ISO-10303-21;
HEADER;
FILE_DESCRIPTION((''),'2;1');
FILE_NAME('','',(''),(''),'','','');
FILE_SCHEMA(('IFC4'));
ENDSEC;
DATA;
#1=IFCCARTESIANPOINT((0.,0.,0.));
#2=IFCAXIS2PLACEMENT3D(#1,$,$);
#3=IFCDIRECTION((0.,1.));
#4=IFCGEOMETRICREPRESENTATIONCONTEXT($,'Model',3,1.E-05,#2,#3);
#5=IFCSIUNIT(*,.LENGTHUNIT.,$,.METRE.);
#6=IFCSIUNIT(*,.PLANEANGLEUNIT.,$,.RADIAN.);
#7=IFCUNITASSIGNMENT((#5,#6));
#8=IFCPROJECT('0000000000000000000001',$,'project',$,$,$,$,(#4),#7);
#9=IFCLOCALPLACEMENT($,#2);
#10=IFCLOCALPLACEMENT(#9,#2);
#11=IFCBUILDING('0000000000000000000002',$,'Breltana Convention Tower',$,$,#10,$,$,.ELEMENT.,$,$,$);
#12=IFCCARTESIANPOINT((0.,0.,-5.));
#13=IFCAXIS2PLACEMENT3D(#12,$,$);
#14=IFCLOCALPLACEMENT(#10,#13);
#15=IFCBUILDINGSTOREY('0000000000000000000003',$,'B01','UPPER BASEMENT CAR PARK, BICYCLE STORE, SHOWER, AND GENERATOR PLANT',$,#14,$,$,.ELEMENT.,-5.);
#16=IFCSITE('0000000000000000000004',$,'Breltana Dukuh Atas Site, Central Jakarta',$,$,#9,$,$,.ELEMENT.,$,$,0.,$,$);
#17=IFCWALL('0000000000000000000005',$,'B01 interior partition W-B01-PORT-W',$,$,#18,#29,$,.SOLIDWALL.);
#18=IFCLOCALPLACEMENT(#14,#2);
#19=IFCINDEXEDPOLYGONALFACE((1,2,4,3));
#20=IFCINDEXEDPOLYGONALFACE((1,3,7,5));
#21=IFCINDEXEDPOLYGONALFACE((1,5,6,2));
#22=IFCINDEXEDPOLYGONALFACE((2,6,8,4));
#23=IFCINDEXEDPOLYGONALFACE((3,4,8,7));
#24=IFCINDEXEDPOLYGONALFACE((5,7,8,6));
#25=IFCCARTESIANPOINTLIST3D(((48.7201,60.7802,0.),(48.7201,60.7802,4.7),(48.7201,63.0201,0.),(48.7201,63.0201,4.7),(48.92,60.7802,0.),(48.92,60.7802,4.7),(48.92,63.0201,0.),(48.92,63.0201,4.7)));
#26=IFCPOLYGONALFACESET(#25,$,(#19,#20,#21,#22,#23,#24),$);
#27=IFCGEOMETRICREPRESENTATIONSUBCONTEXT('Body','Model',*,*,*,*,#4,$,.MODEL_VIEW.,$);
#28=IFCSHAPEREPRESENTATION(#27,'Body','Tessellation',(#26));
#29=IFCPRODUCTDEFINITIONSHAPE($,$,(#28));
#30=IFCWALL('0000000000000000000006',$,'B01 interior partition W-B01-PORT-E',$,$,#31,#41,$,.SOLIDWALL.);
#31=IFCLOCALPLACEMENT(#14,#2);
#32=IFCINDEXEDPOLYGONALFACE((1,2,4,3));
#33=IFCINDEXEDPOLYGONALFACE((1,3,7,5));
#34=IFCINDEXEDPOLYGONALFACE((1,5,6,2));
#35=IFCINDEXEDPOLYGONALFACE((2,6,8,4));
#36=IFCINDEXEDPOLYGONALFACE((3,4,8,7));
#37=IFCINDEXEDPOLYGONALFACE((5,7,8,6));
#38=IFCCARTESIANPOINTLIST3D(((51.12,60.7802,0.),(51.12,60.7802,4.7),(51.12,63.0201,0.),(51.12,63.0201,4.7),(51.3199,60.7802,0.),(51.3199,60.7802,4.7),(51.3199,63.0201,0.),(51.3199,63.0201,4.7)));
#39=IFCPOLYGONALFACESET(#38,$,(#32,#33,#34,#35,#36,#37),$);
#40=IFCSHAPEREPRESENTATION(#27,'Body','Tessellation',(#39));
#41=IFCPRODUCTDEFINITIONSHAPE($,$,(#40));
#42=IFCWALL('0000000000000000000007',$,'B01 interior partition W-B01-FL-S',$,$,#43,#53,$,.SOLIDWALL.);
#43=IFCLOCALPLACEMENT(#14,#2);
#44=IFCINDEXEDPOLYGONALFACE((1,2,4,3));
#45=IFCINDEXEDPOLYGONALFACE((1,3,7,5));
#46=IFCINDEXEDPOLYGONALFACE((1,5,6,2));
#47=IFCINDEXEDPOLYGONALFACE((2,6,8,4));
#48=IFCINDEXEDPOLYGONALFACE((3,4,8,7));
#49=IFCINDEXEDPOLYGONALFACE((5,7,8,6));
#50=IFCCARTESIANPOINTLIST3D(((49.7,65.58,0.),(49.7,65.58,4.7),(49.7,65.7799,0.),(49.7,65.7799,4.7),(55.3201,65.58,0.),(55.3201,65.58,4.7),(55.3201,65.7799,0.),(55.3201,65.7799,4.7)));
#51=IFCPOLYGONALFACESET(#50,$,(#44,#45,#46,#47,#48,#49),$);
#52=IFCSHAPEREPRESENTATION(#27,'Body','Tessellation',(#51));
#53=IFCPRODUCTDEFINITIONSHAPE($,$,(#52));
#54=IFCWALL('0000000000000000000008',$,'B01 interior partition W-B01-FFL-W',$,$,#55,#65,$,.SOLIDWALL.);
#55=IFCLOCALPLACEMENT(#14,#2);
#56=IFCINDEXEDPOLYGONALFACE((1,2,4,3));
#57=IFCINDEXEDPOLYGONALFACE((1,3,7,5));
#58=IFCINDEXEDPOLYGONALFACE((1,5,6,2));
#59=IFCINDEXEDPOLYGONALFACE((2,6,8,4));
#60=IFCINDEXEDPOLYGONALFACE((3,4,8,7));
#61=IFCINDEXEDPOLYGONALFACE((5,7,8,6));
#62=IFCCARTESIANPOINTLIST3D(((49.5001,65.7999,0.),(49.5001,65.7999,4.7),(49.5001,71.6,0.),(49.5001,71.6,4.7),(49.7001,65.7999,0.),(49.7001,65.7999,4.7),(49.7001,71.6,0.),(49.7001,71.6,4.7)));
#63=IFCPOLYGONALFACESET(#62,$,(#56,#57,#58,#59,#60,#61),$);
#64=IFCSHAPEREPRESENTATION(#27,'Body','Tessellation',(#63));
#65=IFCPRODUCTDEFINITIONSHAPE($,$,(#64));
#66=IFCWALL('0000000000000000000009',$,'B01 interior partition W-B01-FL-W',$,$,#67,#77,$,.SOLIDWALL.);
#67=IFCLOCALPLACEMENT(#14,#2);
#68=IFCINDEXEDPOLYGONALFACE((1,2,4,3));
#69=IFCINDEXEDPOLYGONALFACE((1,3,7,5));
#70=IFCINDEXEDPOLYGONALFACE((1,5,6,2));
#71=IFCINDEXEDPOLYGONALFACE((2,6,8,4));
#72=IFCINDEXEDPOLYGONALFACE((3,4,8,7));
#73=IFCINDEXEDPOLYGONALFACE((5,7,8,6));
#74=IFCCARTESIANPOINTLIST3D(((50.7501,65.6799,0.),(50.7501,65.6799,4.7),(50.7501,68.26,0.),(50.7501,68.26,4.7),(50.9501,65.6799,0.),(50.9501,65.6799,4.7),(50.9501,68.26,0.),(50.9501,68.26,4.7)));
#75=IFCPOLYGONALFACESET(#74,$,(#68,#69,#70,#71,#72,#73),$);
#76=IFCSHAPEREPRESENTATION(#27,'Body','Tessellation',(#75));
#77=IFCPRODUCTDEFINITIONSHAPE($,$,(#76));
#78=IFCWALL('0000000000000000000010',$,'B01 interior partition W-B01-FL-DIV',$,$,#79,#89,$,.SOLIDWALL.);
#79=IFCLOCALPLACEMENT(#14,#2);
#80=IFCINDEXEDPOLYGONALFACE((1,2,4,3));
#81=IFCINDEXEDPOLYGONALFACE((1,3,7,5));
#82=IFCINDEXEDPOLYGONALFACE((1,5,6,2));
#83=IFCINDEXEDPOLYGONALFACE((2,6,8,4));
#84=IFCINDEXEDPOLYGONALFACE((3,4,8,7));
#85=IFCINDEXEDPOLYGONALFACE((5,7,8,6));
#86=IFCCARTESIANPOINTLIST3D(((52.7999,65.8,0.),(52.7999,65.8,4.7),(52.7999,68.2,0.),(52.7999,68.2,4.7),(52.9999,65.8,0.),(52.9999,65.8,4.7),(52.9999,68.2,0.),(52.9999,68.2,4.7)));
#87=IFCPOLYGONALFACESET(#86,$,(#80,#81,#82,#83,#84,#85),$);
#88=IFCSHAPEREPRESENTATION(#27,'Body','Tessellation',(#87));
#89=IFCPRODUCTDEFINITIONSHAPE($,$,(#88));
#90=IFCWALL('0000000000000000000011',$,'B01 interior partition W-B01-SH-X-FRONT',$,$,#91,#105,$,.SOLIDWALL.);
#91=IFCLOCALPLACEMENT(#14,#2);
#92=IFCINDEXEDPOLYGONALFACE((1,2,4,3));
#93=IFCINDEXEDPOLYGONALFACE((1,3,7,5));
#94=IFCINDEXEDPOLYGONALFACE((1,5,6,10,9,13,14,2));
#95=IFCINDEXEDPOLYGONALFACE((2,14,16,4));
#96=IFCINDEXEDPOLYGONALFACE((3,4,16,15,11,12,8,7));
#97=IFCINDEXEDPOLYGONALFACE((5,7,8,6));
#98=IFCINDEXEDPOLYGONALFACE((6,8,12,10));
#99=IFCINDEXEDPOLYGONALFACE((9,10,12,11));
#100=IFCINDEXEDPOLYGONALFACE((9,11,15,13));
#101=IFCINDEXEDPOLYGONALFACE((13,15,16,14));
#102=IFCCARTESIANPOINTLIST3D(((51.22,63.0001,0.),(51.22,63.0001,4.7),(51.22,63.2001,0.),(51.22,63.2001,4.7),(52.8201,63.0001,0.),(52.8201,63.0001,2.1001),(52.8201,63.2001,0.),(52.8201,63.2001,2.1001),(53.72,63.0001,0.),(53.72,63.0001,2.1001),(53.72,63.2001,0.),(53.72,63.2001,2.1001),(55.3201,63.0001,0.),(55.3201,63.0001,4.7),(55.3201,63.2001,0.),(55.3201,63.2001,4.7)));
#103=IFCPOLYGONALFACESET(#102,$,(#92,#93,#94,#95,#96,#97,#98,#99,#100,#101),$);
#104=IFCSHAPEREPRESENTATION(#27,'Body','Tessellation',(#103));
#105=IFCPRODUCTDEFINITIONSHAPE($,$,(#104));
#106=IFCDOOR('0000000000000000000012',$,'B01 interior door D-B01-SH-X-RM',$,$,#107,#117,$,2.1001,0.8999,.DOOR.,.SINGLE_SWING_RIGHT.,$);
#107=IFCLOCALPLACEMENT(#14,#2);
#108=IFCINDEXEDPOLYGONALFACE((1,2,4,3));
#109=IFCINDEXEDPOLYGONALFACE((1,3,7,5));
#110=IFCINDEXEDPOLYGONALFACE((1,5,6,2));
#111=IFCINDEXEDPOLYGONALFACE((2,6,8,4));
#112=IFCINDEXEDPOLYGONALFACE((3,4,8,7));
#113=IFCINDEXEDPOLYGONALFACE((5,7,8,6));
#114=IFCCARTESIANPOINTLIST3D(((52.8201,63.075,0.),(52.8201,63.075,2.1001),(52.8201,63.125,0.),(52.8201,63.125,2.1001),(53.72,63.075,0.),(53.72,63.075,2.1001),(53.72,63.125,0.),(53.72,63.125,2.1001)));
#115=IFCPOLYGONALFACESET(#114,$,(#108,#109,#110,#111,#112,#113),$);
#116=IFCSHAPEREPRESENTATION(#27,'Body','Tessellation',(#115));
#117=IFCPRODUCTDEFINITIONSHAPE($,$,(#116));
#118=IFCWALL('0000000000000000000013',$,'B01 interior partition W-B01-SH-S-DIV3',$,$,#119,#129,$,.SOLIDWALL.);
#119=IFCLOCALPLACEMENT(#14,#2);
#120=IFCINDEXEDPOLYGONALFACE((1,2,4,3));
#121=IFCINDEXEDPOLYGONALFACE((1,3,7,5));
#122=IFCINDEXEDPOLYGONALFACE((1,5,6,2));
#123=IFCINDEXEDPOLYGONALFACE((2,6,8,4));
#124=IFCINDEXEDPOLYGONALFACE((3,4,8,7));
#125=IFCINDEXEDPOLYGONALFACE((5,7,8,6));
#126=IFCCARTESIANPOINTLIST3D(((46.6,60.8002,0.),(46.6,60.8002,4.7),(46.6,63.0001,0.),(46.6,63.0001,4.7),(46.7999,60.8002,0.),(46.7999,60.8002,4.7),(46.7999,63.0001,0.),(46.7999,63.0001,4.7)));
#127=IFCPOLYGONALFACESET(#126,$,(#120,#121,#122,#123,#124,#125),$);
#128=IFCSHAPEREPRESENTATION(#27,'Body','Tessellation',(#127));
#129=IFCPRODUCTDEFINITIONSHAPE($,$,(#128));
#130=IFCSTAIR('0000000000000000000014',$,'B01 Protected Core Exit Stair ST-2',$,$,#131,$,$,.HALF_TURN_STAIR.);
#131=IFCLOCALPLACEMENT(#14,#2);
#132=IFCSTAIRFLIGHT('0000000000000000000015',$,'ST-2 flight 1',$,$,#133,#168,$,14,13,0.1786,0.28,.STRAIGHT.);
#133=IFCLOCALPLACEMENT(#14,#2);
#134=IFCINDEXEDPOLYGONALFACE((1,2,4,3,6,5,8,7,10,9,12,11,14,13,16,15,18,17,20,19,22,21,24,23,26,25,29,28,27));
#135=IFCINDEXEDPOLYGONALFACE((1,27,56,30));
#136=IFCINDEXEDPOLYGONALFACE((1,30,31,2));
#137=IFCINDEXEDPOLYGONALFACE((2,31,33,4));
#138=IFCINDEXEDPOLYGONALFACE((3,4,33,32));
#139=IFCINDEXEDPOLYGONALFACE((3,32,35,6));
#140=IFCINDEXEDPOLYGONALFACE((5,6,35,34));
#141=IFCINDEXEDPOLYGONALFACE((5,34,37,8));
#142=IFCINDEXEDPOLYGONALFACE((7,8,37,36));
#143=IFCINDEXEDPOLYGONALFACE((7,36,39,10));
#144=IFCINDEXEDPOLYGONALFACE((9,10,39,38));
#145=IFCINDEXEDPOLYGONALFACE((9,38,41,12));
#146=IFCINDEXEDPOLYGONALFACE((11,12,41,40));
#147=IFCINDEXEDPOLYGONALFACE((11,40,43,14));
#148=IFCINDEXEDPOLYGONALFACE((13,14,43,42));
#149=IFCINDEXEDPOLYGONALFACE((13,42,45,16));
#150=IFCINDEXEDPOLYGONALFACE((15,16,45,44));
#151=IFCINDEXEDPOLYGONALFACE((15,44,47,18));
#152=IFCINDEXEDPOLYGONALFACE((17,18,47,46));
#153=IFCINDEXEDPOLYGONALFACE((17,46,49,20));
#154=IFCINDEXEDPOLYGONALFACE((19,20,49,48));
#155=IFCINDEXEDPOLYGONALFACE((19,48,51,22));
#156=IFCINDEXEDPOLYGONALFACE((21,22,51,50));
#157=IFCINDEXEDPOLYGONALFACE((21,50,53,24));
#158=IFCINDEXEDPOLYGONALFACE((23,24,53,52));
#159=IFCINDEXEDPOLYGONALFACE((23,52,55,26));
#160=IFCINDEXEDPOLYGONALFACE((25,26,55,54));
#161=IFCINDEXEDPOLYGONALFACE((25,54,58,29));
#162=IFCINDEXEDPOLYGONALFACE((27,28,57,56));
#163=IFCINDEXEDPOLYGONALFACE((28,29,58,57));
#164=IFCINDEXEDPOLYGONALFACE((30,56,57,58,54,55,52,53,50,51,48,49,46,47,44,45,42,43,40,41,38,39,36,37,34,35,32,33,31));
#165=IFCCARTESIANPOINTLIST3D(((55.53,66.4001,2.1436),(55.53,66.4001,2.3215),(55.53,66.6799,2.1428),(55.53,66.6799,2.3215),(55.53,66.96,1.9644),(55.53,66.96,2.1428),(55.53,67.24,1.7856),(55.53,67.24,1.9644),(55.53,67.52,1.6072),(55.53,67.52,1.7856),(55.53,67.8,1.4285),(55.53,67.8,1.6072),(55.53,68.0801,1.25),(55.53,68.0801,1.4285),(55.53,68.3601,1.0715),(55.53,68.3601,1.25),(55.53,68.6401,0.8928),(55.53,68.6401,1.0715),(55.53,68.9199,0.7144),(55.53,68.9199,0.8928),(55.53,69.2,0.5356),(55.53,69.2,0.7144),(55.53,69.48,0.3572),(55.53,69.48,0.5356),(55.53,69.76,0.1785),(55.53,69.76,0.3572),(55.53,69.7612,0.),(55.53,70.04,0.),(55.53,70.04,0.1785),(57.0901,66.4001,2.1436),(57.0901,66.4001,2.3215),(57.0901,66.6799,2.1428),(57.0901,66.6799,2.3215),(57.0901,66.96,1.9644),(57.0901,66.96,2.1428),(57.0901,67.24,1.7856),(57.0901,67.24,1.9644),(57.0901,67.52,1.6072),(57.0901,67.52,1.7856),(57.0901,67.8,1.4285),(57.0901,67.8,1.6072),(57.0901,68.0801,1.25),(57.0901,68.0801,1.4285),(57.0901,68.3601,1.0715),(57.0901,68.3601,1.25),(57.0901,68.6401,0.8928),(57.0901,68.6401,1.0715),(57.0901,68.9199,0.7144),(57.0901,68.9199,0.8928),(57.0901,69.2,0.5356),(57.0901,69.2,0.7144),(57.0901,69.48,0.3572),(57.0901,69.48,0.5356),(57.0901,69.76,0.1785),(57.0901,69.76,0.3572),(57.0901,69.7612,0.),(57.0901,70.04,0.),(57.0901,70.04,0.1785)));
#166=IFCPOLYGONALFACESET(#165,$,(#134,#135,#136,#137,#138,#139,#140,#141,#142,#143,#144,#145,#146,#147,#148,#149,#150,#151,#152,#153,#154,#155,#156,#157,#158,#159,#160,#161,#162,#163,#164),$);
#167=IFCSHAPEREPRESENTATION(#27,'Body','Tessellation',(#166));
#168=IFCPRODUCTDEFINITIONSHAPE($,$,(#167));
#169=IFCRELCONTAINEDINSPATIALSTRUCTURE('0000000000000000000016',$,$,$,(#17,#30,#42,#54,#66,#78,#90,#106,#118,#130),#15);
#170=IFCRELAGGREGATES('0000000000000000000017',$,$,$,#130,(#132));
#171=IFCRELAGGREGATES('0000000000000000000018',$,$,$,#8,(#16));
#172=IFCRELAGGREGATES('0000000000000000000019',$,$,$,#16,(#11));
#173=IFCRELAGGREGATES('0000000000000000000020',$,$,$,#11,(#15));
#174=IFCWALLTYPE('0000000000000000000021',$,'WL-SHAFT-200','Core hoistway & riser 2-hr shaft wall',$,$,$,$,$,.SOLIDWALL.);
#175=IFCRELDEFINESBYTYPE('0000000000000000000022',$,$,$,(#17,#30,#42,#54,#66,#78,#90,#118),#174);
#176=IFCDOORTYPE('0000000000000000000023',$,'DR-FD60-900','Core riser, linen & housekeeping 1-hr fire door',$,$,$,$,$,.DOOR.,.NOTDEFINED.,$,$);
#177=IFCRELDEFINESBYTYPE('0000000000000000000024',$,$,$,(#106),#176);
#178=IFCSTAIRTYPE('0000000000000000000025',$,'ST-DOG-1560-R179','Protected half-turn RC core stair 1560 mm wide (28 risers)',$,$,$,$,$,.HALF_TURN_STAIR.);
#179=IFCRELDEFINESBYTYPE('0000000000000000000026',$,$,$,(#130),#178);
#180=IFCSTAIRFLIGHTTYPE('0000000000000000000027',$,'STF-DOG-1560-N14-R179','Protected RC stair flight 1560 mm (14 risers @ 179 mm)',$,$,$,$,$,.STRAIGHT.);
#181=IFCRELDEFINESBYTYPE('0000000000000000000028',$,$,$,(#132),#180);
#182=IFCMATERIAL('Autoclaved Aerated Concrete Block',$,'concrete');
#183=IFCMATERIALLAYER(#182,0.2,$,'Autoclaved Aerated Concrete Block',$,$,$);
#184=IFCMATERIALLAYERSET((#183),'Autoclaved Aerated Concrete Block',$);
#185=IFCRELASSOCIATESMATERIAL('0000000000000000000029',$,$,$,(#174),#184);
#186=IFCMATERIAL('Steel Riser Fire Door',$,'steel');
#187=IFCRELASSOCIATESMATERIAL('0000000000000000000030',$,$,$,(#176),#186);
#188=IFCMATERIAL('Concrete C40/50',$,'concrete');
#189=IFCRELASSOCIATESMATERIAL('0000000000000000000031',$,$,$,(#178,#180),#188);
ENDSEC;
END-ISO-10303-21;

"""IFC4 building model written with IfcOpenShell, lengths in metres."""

from ifc_helpers import new_model, si_unit, direction, frame, frame_2d, origin, place, context, subcontext, project, spatial, polyline, rectangle, outline, extrude, source, transform, mapped, material, layer, layer_set, type_object, type_shapes, element, fill, aggregate, save


model = new_model("IFC4")

# Units and contexts
model_context = context("Model", 3, precision=1e-05, world=origin(), true_north=direction((0.0, 1.0)))
body_context = subcontext(model_context, "Body", "Model", "MODEL_VIEW")
ifc_project = project(units=[si_unit("LENGTHUNIT", "METRE"), si_unit("PLANEANGLEUNIT", "RADIAN")], contexts=[model_context])

# Site, building, storey
site_placement = place(None, origin())
site = spatial("IfcSite", under=ifc_project, at=site_placement, Name="Breltana Dukuh Atas Site, Central Jakarta", CompositionType="ELEMENT", RefElevation=0.0)
building_placement = place(site_placement, origin())
building = spatial("IfcBuilding", under=site, at=building_placement, Name="Breltana Convention Tower", CompositionType="ELEMENT")
storey_placement = place(building_placement, frame((0.0, 0.0, -5.0)))
storey = spatial("IfcBuildingStorey", under=building, at=storey_placement, Name="B01", Description="UPPER BASEMENT CAR PARK, BICYCLE STORE, SHOWER, AND GENERATOR PLANT", CompositionType="ELEMENT", Elevation=-5.0)

# Shared definitions
ifc_material_1 = material(Name="Concrete C40/50", Category="concrete")

# Walls
ifc_material_2 = material(Name="Autoclaved Aerated Concrete Block", Category="concrete")
ifc_layer_1 = layer(ifc_material_2, 0.2, Name="Autoclaved Aerated Concrete Block")
ifc_layer_set_1 = layer_set([ifc_layer_1], Name="Autoclaved Aerated Concrete Block")
wall_type_1 = type_object("IfcWallType", Name="WL-SHAFT-200", Description="Core hoistway & riser 2-hr shaft wall", PredefinedType="SOLIDWALL", material=ifc_layer_set_1)
shared_shape_1 = source(origin(), body_context, "Body", "SweptSolid", [
    extrude(rectangle(XDim=2.24, YDim=0.2, at=frame_2d((1.1201, 0.0))), origin(), (0.0, 0.0, 1.0), 4.7),
])
type_shapes(wall_type_1, [shared_shape_1])
for number, where, z_axis, x_axis, name in (
    (1, (48.8201, 60.78, 0.0), (0.0, 0.0, 1.0), (0.0, 1.0, 0.0), "B01 interior partition W-B01-PORT-W"),
    (2, (51.22, 60.78, 0.0), (0.0, 0.0, 1.0), (0.0, 1.0, 0.0), "B01 interior partition W-B01-PORT-E"),
):
    element("IfcWall", number, at=place(storey_placement, frame(where, z_axis=z_axis, x_axis=x_axis)), inside=storey, type_object=wall_type_1, Name=name, PredefinedType="SOLIDWALL", context=body_context, shape_type="MappedRepresentation", body=[
        mapped(shared_shape_1, transform((0.0, 0.0, 0.0), scale=1.0)),
    ])

# Shared definitions
shared_shape_2 = source(origin(), body_context, "Body", "SweptSolid", [
    extrude(rectangle(XDim=5.6201, YDim=0.2, at=frame_2d((2.8101, 0.0))), origin(), (0.0, 0.0, 1.0), 4.7),
])

# Walls
wall_1_placement = place(storey_placement, frame((49.7, 65.6799, 0.0), z_axis=(0.0, 0.0, 1.0), x_axis=(1.0, 0.0, 0.0)))
element("IfcWall", 3, at=wall_1_placement, inside=storey, type_object=wall_type_1, Name="B01 interior partition W-B01-FL-S", PredefinedType="SOLIDWALL", context=body_context, shape_type="MappedRepresentation", body=[
    mapped(shared_shape_2, transform((0.0, 0.0, 0.0), scale=1.0)),
])
shared_shape_3 = source(origin(), body_context, "Body", "SweptSolid", [
    extrude(rectangle(XDim=5.8, YDim=0.2, at=frame_2d((2.8999, 0.0))), origin(), (0.0, 0.0, 1.0), 4.7),
])
wall_2_placement = place(storey_placement, frame((49.6001, 65.8, 0.0), z_axis=(0.0, 0.0, 1.0), x_axis=(0.0, 1.0, 0.0)))
element("IfcWall", 4, at=wall_2_placement, inside=storey, type_object=wall_type_1, Name="B01 interior partition W-B01-FFL-W", PredefinedType="SOLIDWALL", context=body_context, shape_type="MappedRepresentation", body=[
    mapped(shared_shape_3, transform((0.0, 0.0, 0.0), scale=1.0)),
])
shared_shape_4 = source(origin(), body_context, "Body", "SweptSolid", [
    extrude(rectangle(XDim=2.5801, YDim=0.2, at=frame_2d((1.29, 0.0))), origin(), (0.0, 0.0, 1.0), 4.7),
])
wall_3_placement = place(storey_placement, frame((50.8501, 65.6799, 0.0), z_axis=(0.0, 0.0, 1.0), x_axis=(0.0, 1.0, 0.0)))
element("IfcWall", 5, at=wall_3_placement, inside=storey, type_object=wall_type_1, Name="B01 interior partition W-B01-FL-W", PredefinedType="SOLIDWALL", context=body_context, shape_type="MappedRepresentation", body=[
    mapped(shared_shape_4, transform((0.0, 0.0, 0.0), scale=1.0)),
])
shared_shape_5 = source(origin(), body_context, "Body", "SweptSolid", [
    extrude(rectangle(XDim=2.3999, YDim=0.2, at=frame_2d((1.2, 0.0))), origin(), (0.0, 0.0, 1.0), 4.7),
])
wall_4_placement = place(storey_placement, frame((52.8999, 65.8, 0.0), z_axis=(0.0, 0.0, 1.0), x_axis=(0.0, 1.0, 0.0)))
element("IfcWall", 6, at=wall_4_placement, inside=storey, type_object=wall_type_1, Name="B01 interior partition W-B01-FL-DIV", PredefinedType="SOLIDWALL", context=body_context, shape_type="MappedRepresentation", body=[
    mapped(shared_shape_5, transform((0.0, 0.0, 0.0), scale=1.0)),
])

# Wall, opening, door
shared_shape_6 = source(origin(), body_context, "Body", "SweptSolid", [
    extrude(rectangle(XDim=4.1001, YDim=0.2, at=frame_2d((2.05, 0.0))), origin(), (0.0, 0.0, 1.0), 4.7),
])
wall_5_placement = place(storey_placement, frame((51.22, 63.1001, 0.0), z_axis=(0.0, 0.0, 1.0), x_axis=(1.0, 0.0, 0.0)))
wall_5 = element("IfcWall", 7, at=wall_5_placement, inside=storey, type_object=wall_type_1, Name="B01 interior partition W-B01-SH-X-FRONT", PredefinedType="SOLIDWALL", context=body_context, shape_type="MappedRepresentation", body=[
    mapped(shared_shape_6, transform((0.0, 0.0, 0.0), scale=1.0)),
])
opening_1_placement = place(wall_5_placement, frame((1.6001, 0.0, 0.0)))
opening_1 = element("IfcOpeningElement", 8, at=opening_1_placement, cuts=wall_5, PredefinedType="OPENING", context=body_context, shape_type="SweptSolid", body=[
    extrude(rectangle(XDim=0.8999, YDim=2.1001, at=frame_2d((0.45, 1.05))), frame((0.0, 0.1099, 0.0), z_axis=(0.0, -1.0, 0.0), x_axis=(1.0, 0.0, 0.0)), (0.0, 0.0, 1.0), 0.22),
])
ifc_material_3 = material(Name="Steel Riser Fire Door", Category="steel")
door_type_1 = type_object("IfcDoorType", Name="DR-FD60-900", Description="Core riser, linen & housekeeping 1-hr fire door", OperationType="NOTDEFINED", PredefinedType="DOOR", material=ifc_material_3)
shared_shape_7 = source(origin(), body_context, "Body", "SweptSolid", [
    extrude(rectangle(XDim=0.8999, YDim=2.1001, at=frame_2d((0.45, 1.05))), frame((0.0, 0.0249, 0.0), z_axis=(0.0, -1.0, 0.0), x_axis=(1.0, 0.0, 0.0)), (0.0, 0.0, 1.0), 0.05),
])
type_shapes(door_type_1, [shared_shape_7])
door_1_placement = place(opening_1_placement, origin())
door_1 = element("IfcDoor", 9, at=door_1_placement, inside=storey, type_object=door_type_1, Name="B01 interior door D-B01-SH-X-RM", OperationType="SINGLE_SWING_RIGHT", OverallHeight=2.1001, OverallWidth=0.8999, PredefinedType="DOOR", context=body_context, shape_type="MappedRepresentation", body=[
    mapped(shared_shape_7, transform((0.0, 0.0, 0.0), scale=1.0)),
])
fill(opening_1, door_1)

# Wall
shared_shape_8 = source(origin(), body_context, "Body", "SweptSolid", [
    extrude(rectangle(XDim=2.2, YDim=0.2, at=frame_2d((1.1001, 0.0))), origin(), (0.0, 0.0, 1.0), 4.7),
])
wall_6_placement = place(storey_placement, frame((46.7, 60.8, 0.0), z_axis=(0.0, 0.0, 1.0), x_axis=(0.0, 1.0, 0.0)))
element("IfcWall", 10, at=wall_6_placement, inside=storey, type_object=wall_type_1, Name="B01 interior partition W-B01-SH-S-DIV3", PredefinedType="SOLIDWALL", context=body_context, shape_type="MappedRepresentation", body=[
    mapped(shared_shape_8, transform((0.0, 0.0, 0.0), scale=1.0)),
])

# Stair, stair flight
stair_type = type_object("IfcStairType", Name="ST-DOG-1560-R179", Description="Protected half-turn RC core stair 1560 mm wide (28 risers)", PredefinedType="HALF_TURN_STAIR", material=ifc_material_1)
stair_placement = place(storey_placement, origin())
stair = element("IfcStair", 11, at=stair_placement, inside=storey, type_object=stair_type, Name="B01 Protected Core Exit Stair ST-2", PredefinedType="HALF_TURN_STAIR")
stair_flight_type = type_object("IfcStairFlightType", Name="STF-DOG-1560-N14-R179", Description="Protected RC stair flight 1560 mm (14 risers @ 179 mm)", PredefinedType="STRAIGHT", material=ifc_material_1)
stair_flight_placement = place(storey_placement, frame((56.3101, 70.04, 0.0), z_axis=(0.0, 0.0, 1.0), x_axis=(0.0, -1.0, 0.0)))
stair_flight = element("IfcStairFlight", 12, at=stair_flight_placement, type_object=stair_flight_type, Name="ST-2 flight 1", NumberOfRisers=14, NumberOfTreads=13, PredefinedType="STRAIGHT", RiserHeight=0.1786, TreadLength=0.28, context=body_context, shape_type="SweptSolid", body=[
    extrude(outline(polyline([(0.0, 0.0), (0.0, 0.1785), (0.28, 0.1785), (0.28, 0.3572), (0.5601, 0.3572), (0.5601, 0.5356), (0.8401, 0.5356), (0.8401, 0.7144), (1.1201, 0.7144), (1.1201, 0.8928), (1.3999, 0.8928), (1.3999, 1.0715), (1.6799, 1.0715), (1.6799, 1.25), (1.96, 1.25), (1.96, 1.4285), (2.24, 1.4285), (2.24, 1.6072), (2.52, 1.6072), (2.52, 1.7856), (2.8, 1.7856), (2.8, 1.9644), (3.0801, 1.9644), (3.0801, 2.1428), (3.3601, 2.1428), (3.3601, 2.3215), (3.6399, 2.3215), (3.6399, 2.5), (3.6399, 2.1436), (0.2788, 0.0), (0.0, 0.0)])), frame((0.0, 0.78, 0.0), z_axis=(0.0, -1.0, 0.0), x_axis=(1.0, 0.0, 0.0)), (0.0, 0.0, 1.0), 1.5601),
])
aggregate(stair, [stair_flight])

save(model, "model.ifc")
